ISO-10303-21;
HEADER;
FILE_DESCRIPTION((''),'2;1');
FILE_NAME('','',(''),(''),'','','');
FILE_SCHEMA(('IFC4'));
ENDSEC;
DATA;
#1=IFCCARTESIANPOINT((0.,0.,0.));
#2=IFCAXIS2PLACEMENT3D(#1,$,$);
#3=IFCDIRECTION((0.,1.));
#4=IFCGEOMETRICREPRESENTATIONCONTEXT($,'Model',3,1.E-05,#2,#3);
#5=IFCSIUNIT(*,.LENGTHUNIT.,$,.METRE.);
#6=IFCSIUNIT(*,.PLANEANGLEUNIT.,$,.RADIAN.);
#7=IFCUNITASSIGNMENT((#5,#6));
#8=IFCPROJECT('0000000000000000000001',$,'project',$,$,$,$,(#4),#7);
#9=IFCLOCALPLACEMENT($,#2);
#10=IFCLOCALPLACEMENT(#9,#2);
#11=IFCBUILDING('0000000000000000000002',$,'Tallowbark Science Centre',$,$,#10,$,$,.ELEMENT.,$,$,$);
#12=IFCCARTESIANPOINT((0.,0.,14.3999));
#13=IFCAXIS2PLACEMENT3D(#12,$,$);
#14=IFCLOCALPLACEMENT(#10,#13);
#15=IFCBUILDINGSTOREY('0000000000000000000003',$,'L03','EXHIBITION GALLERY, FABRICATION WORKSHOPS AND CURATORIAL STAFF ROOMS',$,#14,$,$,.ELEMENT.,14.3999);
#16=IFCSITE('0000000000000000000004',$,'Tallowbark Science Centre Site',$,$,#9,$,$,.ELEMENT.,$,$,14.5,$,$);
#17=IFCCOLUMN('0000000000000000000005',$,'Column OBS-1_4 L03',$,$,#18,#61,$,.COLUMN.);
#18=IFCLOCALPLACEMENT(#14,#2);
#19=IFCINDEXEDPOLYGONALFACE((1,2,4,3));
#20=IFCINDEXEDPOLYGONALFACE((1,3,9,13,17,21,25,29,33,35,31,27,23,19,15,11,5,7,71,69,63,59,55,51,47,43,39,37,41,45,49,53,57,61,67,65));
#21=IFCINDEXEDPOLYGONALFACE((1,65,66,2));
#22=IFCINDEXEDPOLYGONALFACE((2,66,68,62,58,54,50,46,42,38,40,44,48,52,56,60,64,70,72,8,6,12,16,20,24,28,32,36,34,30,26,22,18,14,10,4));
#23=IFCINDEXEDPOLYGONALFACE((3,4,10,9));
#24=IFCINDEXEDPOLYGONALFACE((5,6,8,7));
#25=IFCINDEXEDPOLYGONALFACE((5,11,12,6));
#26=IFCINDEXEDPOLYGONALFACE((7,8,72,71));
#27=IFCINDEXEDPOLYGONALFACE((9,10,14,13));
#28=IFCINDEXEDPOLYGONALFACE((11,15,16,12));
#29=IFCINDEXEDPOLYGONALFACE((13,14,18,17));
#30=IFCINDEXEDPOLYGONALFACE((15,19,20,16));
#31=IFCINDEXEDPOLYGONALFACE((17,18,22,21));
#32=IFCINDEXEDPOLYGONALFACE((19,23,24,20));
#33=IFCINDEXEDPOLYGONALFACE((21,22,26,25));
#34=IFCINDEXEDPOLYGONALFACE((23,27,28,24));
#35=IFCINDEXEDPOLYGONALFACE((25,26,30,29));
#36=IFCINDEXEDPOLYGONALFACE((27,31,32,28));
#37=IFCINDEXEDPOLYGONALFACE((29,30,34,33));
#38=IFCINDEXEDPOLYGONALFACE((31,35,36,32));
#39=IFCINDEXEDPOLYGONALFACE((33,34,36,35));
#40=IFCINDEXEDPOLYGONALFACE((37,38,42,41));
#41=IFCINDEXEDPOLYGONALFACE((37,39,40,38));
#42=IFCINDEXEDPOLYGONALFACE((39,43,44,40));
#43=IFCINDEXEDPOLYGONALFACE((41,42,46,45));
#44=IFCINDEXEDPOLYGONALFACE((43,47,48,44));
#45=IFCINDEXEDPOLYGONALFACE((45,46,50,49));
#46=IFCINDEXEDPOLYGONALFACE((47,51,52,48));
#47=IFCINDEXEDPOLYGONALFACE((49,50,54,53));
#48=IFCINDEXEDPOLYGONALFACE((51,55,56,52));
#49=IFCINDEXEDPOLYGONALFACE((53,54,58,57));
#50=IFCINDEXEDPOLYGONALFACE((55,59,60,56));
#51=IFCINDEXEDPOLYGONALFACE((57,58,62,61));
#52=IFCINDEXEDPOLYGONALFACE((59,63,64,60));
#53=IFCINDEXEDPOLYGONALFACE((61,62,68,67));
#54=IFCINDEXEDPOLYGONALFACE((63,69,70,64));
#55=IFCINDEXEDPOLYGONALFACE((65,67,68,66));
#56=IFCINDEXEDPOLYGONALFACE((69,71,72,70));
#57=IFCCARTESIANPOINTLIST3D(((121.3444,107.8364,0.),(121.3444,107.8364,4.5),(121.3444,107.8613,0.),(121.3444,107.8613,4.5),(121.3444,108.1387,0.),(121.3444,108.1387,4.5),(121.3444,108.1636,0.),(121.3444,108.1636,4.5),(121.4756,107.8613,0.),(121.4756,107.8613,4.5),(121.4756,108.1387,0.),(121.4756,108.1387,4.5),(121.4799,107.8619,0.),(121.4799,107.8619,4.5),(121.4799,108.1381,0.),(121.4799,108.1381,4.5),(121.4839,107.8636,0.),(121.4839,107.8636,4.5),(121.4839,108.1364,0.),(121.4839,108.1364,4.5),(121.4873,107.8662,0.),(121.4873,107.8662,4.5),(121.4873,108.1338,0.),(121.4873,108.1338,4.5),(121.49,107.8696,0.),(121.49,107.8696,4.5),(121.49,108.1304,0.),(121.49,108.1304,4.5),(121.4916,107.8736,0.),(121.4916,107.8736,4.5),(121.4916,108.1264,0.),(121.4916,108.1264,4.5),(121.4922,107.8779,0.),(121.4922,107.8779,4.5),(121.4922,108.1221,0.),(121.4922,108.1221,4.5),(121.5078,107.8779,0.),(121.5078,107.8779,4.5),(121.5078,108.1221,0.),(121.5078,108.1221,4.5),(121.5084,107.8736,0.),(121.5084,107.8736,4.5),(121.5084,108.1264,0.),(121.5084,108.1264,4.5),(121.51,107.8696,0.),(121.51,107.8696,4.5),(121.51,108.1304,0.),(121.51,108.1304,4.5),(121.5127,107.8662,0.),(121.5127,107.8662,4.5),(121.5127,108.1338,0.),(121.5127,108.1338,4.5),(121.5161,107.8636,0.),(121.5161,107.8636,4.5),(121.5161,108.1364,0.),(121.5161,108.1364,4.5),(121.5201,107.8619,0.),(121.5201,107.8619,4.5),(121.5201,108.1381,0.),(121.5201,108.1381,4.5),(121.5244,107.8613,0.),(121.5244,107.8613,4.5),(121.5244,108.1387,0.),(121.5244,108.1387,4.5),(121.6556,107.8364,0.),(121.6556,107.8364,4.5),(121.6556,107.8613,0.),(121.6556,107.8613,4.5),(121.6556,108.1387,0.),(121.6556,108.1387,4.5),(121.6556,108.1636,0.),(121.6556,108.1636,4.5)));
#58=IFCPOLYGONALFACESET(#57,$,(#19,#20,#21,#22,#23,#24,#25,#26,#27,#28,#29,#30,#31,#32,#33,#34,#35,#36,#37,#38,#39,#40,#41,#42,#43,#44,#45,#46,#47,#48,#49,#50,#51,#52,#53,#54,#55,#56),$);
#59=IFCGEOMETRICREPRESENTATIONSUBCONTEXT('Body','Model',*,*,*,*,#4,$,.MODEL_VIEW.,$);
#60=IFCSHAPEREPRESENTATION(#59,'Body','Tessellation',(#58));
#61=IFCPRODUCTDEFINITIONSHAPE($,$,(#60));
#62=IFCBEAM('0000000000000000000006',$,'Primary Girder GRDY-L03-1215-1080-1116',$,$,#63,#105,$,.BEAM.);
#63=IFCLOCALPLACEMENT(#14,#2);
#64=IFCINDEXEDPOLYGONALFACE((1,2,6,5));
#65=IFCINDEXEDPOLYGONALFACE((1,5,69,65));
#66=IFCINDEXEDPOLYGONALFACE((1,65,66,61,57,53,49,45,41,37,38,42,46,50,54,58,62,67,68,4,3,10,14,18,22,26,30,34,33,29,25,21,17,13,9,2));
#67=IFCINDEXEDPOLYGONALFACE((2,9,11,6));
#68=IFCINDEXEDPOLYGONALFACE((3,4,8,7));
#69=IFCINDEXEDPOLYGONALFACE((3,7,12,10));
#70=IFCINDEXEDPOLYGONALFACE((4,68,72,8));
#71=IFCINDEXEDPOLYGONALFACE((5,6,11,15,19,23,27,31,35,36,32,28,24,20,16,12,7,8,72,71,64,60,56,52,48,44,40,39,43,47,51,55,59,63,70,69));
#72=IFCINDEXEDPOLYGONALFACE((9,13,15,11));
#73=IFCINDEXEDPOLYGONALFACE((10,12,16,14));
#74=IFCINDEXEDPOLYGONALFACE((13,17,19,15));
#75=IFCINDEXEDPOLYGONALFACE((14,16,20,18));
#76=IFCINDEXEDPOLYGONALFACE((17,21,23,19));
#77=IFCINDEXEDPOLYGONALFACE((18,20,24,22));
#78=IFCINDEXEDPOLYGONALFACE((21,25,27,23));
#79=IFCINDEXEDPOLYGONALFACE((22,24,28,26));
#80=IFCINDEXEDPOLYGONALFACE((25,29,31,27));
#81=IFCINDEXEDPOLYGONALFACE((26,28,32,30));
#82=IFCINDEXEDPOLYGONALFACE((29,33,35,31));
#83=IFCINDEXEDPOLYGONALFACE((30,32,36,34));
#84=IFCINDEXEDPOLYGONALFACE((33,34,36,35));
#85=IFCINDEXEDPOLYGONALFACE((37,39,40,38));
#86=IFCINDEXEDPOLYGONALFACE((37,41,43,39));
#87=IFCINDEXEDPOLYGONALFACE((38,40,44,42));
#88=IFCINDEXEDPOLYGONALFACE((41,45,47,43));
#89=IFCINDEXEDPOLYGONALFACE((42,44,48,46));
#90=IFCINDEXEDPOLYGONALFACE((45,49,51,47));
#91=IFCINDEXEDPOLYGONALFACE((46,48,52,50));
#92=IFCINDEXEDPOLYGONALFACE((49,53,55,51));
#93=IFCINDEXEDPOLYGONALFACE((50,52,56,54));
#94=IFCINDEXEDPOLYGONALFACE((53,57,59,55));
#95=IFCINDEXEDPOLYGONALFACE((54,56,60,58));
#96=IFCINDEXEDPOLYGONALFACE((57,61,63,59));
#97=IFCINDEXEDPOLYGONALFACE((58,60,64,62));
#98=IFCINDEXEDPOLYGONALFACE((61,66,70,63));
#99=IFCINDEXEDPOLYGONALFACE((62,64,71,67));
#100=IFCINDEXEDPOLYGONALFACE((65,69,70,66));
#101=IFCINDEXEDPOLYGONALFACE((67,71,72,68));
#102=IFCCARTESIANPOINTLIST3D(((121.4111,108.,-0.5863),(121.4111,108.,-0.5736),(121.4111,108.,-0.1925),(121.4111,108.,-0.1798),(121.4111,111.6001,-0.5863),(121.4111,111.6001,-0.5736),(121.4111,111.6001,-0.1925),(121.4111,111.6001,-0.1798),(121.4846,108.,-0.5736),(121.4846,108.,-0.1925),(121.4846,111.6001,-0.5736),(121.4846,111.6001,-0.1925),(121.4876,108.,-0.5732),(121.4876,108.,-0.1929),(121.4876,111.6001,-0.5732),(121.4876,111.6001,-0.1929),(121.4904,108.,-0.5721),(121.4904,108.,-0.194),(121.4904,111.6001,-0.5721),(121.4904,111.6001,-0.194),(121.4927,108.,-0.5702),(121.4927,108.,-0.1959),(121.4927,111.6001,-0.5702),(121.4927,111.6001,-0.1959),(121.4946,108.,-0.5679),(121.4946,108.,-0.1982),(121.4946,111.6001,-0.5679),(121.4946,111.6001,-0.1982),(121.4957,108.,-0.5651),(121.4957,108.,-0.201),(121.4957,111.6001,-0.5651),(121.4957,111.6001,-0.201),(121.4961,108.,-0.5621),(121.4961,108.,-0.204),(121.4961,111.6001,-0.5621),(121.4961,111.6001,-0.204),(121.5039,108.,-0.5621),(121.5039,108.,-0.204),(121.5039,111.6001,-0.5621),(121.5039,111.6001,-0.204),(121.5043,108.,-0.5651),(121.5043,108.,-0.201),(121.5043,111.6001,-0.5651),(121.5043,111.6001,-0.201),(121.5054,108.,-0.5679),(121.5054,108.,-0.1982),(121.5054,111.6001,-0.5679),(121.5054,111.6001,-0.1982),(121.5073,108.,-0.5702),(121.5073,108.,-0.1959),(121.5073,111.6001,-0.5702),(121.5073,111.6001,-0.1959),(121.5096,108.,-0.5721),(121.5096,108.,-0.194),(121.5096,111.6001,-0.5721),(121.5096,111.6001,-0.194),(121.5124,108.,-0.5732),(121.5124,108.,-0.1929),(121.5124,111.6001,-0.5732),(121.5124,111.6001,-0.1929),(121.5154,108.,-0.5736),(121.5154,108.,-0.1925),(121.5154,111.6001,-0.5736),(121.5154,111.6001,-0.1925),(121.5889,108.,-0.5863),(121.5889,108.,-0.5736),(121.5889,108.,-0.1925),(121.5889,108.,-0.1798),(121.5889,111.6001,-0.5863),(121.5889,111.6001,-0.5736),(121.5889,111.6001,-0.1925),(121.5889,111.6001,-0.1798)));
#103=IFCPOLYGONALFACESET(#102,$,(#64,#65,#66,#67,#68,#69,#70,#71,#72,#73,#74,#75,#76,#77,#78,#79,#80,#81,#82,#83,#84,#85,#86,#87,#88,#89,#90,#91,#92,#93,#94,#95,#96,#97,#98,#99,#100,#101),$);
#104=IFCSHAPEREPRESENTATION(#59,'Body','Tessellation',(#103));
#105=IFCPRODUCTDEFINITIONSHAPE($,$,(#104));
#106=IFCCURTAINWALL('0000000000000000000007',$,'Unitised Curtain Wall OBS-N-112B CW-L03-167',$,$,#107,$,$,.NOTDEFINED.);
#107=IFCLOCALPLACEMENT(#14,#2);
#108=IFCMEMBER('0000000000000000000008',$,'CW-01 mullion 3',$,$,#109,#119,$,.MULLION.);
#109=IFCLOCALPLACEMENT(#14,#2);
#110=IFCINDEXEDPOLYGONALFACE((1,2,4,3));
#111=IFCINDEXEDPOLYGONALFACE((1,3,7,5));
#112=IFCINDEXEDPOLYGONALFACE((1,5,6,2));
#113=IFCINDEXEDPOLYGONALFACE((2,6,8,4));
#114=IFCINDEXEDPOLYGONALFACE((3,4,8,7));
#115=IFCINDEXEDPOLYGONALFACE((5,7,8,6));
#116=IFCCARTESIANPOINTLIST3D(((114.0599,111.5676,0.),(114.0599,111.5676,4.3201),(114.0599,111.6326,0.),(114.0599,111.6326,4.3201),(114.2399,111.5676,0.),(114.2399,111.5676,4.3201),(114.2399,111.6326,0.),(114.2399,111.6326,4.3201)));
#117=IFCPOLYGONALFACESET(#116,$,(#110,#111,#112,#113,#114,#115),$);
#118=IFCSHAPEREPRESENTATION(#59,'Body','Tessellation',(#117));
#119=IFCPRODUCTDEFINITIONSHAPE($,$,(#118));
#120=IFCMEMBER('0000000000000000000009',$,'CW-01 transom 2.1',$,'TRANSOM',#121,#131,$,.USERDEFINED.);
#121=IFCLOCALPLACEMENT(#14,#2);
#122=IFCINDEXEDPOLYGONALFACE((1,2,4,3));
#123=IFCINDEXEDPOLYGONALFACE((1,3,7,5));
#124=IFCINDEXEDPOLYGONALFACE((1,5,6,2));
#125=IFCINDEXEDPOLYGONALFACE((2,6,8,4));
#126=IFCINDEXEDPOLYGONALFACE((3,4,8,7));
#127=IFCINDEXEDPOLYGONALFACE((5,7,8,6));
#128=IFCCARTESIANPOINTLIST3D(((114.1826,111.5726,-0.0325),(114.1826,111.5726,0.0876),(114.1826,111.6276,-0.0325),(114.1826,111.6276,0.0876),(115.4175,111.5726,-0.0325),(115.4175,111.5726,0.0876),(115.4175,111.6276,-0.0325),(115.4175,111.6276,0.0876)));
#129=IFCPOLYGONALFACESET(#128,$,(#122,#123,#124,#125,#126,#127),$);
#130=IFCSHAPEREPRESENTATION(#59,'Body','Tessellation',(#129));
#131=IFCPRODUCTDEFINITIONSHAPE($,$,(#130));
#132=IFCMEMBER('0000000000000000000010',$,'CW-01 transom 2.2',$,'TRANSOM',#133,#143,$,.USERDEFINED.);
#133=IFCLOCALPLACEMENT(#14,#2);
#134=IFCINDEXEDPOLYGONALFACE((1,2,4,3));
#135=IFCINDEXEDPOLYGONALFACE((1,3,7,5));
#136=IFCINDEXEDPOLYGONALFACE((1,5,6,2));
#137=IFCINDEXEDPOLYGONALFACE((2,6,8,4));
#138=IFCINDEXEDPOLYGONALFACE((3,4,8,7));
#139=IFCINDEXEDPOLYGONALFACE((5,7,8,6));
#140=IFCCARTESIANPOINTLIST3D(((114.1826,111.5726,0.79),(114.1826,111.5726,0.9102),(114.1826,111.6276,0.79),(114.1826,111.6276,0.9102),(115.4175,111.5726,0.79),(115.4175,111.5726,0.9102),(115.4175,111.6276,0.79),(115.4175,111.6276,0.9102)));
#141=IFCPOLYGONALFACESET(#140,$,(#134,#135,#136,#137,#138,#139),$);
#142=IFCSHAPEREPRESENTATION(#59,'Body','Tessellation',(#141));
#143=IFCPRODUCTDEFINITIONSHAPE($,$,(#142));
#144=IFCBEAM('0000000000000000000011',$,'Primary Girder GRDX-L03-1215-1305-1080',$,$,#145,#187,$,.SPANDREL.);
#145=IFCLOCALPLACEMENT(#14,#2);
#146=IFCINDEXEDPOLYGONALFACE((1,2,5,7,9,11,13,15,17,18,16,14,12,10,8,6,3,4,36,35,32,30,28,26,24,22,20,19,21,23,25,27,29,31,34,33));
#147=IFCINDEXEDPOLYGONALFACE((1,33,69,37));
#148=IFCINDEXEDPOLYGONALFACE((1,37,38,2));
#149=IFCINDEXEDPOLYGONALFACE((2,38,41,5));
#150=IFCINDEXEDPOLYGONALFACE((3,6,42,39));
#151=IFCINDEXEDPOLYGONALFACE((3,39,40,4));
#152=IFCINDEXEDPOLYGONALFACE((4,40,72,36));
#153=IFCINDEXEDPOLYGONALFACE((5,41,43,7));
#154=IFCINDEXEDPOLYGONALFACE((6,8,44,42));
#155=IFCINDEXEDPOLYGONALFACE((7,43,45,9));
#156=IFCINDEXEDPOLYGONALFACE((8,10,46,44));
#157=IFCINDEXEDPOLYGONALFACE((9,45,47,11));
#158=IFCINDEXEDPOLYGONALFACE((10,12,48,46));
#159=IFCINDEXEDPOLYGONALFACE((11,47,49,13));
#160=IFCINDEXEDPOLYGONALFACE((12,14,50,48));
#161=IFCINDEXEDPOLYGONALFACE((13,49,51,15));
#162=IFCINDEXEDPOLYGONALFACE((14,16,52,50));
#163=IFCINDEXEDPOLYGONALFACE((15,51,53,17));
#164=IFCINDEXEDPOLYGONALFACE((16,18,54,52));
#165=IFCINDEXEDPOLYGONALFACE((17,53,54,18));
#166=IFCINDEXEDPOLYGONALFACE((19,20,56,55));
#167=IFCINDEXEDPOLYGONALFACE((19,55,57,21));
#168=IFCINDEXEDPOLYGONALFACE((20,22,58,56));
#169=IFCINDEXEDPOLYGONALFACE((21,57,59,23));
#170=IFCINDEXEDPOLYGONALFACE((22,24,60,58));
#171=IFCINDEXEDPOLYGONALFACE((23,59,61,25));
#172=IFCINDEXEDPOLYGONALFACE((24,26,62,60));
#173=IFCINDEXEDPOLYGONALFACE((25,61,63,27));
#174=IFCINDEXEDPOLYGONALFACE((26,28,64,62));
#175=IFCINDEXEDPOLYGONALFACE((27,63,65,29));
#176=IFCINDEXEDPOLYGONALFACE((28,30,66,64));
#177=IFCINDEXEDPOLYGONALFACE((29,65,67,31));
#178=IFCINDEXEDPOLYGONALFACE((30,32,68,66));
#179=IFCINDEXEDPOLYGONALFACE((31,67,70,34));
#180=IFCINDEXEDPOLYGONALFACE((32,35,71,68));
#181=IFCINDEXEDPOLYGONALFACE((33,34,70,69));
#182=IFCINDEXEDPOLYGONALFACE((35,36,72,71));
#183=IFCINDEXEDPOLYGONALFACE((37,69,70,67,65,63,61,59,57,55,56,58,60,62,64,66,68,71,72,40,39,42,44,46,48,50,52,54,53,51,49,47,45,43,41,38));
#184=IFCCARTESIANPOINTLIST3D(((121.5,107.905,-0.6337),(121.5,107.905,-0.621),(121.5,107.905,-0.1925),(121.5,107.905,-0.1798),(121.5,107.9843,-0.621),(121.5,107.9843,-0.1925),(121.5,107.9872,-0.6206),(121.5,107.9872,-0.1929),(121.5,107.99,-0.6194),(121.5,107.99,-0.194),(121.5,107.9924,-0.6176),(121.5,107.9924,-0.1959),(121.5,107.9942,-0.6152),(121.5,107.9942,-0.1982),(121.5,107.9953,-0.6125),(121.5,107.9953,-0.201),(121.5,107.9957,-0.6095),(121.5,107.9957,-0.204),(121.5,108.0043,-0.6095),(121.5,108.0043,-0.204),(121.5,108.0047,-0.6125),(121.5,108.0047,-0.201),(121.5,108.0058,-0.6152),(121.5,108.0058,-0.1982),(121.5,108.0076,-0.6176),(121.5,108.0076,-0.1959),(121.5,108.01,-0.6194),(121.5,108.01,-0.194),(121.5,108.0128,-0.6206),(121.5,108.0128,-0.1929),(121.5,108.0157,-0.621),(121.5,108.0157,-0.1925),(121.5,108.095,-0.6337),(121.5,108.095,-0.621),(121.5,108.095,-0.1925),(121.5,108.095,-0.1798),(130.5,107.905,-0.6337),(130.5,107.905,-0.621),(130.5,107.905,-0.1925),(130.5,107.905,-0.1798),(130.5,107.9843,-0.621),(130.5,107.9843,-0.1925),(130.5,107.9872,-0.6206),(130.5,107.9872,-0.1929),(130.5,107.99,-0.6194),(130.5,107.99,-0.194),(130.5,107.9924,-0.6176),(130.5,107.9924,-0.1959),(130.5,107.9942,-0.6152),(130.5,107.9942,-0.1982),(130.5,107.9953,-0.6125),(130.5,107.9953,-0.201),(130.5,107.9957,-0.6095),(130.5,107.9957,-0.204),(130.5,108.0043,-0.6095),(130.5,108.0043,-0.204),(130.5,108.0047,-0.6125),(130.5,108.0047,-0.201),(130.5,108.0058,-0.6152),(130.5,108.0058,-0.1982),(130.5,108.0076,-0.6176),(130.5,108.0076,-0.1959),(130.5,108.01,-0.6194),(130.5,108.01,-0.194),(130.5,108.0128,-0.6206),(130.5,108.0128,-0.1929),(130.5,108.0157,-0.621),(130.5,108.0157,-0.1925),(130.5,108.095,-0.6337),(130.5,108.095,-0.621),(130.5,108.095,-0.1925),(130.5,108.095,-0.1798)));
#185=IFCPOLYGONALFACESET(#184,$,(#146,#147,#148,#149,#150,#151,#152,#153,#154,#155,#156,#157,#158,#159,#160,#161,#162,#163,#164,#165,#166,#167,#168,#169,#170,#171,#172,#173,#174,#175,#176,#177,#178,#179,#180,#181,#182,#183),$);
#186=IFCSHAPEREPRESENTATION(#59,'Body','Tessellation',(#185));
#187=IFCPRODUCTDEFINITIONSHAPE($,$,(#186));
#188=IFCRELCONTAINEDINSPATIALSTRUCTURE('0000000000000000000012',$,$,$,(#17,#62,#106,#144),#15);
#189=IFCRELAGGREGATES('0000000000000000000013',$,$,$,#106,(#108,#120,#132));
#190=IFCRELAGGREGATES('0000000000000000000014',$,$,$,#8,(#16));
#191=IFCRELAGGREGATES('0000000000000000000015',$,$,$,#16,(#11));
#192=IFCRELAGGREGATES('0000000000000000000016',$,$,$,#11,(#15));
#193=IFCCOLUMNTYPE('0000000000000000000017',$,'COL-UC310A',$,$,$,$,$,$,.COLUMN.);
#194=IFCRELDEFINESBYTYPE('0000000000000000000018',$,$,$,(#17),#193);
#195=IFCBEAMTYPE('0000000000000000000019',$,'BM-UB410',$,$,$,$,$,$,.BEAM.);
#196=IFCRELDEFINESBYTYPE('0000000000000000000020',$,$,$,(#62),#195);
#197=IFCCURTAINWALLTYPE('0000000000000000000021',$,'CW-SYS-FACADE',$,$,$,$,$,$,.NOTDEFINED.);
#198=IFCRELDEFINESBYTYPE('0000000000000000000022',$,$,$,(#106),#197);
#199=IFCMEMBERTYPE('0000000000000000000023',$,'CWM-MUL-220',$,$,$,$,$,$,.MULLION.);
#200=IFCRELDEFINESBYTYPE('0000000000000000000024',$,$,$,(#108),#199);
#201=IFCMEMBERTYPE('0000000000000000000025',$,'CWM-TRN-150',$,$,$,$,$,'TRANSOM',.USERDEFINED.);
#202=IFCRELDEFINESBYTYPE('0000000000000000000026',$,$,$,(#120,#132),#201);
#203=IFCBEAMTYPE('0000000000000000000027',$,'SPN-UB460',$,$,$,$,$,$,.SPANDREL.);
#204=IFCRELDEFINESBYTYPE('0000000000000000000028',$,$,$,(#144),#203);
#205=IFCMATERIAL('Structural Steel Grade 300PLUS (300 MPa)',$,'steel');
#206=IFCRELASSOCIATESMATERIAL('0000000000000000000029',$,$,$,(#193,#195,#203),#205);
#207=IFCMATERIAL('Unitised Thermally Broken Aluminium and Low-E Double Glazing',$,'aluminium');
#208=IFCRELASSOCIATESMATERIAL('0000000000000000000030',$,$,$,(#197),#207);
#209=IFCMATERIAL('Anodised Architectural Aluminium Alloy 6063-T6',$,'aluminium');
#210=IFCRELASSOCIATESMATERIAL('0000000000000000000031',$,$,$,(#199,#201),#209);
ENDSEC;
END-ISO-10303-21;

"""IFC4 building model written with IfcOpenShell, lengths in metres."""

from ifc_helpers import new_model, si_unit, direction, frame, origin, origin_2d, place, context, subcontext, project, spatial, rectangle, i_section, extrude, material, material_profile, profile_set, type_object, element, aggregate, save


model = new_model("IFC4")

# Units and contexts
model_context = context("Model", 3, precision=1e-05, world=origin(), true_north=direction((0.0, 1.0)))
body_context = subcontext(model_context, "Body", "Model", "MODEL_VIEW")
ifc_project = project(units=[si_unit("LENGTHUNIT", "METRE"), si_unit("PLANEANGLEUNIT", "RADIAN")], contexts=[model_context])

# Site, building, storey
site_placement = place(None, origin())
site = spatial("IfcSite", under=ifc_project, at=site_placement, Name="Tallowbark Science Centre Site", CompositionType="ELEMENT", RefElevation=14.5)
building_placement = place(site_placement, origin())
building = spatial("IfcBuilding", under=site, at=building_placement, Name="Tallowbark Science Centre", CompositionType="ELEMENT")
storey_placement = place(building_placement, frame((0.0, 0.0, 14.3999)))
storey = spatial("IfcBuildingStorey", under=building, at=storey_placement, Name="L03", Description="EXHIBITION GALLERY, FABRICATION WORKSHOPS AND CURATORIAL STAFF ROOMS", CompositionType="ELEMENT", Elevation=14.3999)

# Column
ifc_material_1 = material(Name="Structural Steel Grade 300PLUS (300 MPa)", Category="steel")
ifc_material_profile_1 = material_profile(ifc_material_1, i_section(OverallWidth=0.3113, OverallDepth=0.3271, WebThickness=0.0156, FlangeThickness=0.0249, FilletRadius=0.0166, at=origin_2d()), Name="310UC158")
ifc_profile_set_1 = profile_set([ifc_material_profile_1], Name="Structural Steel Grade 300PLUS (300 MPa)")
column_type = type_object("IfcColumnType", Name="COL-UC310A", PredefinedType="COLUMN", material=ifc_profile_set_1)
column_placement = place(storey_placement, frame((121.5, 108.0, 0.0), z_axis=(0.0, 0.0, 1.0), x_axis=(1.0, 0.0, 0.0)))
element("IfcColumn", 1, at=column_placement, inside=storey, type_object=column_type, Name="Column OBS-1_4 L03", PredefinedType="COLUMN", context=body_context, shape_type="SweptSolid", body=[
    extrude(i_section(OverallWidth=0.3113, OverallDepth=0.3271, WebThickness=0.0156, FlangeThickness=0.0249, FilletRadius=0.0166, at=origin_2d()), origin(), (0.0, 0.0, 1.0), 4.5),
])

# Beam
ifc_material_profile_2 = material_profile(ifc_material_1, i_section(OverallWidth=0.1777, OverallDepth=0.4065, WebThickness=0.0078, FlangeThickness=0.0127, FilletRadius=0.0115, at=origin_2d()), Name="410UB59.7")
ifc_profile_set_2 = profile_set([ifc_material_profile_2], Name="Structural Steel Grade 300PLUS (300 MPa)")
beam_type_1 = type_object("IfcBeamType", Name="BM-UB410", PredefinedType="BEAM", material=ifc_profile_set_2)
beam_1_placement = place(storey_placement, frame((121.5, 108.0, -0.3831), z_axis=(0.0, 1.0, 0.0), x_axis=(-1.0, 0.0, 0.0)))
element("IfcBeam", 2, at=beam_1_placement, inside=storey, type_object=beam_type_1, Name="Primary Girder GRDY-L03-1215-1080-1116", PredefinedType="BEAM", context=body_context, shape_type="SweptSolid", body=[
    extrude(i_section(OverallWidth=0.1777, OverallDepth=0.4065, WebThickness=0.0078, FlangeThickness=0.0127, FilletRadius=0.0115, at=origin_2d()), origin(), (0.0, 0.0, 1.0), 3.6001),
])

# Curtain wall, members
ifc_material_2 = material(Name="Unitised Thermally Broken Aluminium and Low-E Double Glazing", Category="aluminium")
curtain_wall_type = type_object("IfcCurtainWallType", Name="CW-SYS-FACADE", PredefinedType="NOTDEFINED", material=ifc_material_2)
curtain_wall_placement = place(storey_placement, origin())
curtain_wall = element("IfcCurtainWall", 3, at=curtain_wall_placement, inside=storey, type_object=curtain_wall_type, Name="Unitised Curtain Wall OBS-N-112B CW-L03-167", PredefinedType="NOTDEFINED")
ifc_material_3 = material(Name="Anodised Architectural Aluminium Alloy 6063-T6", Category="aluminium")
ifc_material_profile_3 = material_profile(ifc_material_3, rectangle(XDim=0.0649, YDim=0.1799, at=origin_2d()), Name="ALU65x180")
ifc_profile_set_3 = profile_set([ifc_material_profile_3], Name="Anodised Architectural Aluminium Alloy 6063-T6")
member_type_1 = type_object("IfcMemberType", Name="CWM-MUL-220", PredefinedType="MULLION", material=ifc_profile_set_3)
member_1_placement = place(storey_placement, frame((114.1499, 111.6001, 0.0), z_axis=(0.0, 0.0, 1.0), x_axis=(0.0, -1.0, 0.0)))
member_1 = element("IfcMember", 4, at=member_1_placement, type_object=member_type_1, Name="CW-01 mullion 3", PredefinedType="MULLION", context=body_context, shape_type="SweptSolid", body=[
    extrude(rectangle(XDim=0.0649, YDim=0.1799, at=origin_2d()), origin(), (0.0, 0.0, 1.0), 4.3201),
])
ifc_material_profile_4 = material_profile(ifc_material_3, rectangle(XDim=0.0549, YDim=0.1201, at=origin_2d()), Name="ALU55x120")
ifc_profile_set_4 = profile_set([ifc_material_profile_4], Name="Anodised Architectural Aluminium Alloy 6063-T6")
member_type_2 = type_object("IfcMemberType", Name="CWM-TRN-150", ElementType="TRANSOM", PredefinedType="USERDEFINED", material=ifc_profile_set_4)
member_2_placement = place(storey_placement, frame((115.4175, 111.6001, 0.0276), z_axis=(-1.0, 0.0, 0.0), x_axis=(0.0, -1.0, 0.0)))
member_2 = element("IfcMember", 5, at=member_2_placement, type_object=member_type_2, Name="CW-01 transom 2.1", ObjectType="TRANSOM", PredefinedType="USERDEFINED", context=body_context, shape_type="SweptSolid", body=[
    extrude(rectangle(XDim=0.0549, YDim=0.1201, at=origin_2d()), origin(), (0.0, 0.0, 1.0), 1.2349),
])
member_3_placement = place(storey_placement, frame((115.4175, 111.6001, 0.8501), z_axis=(-1.0, 0.0, 0.0), x_axis=(0.0, -1.0, 0.0)))
member_3 = element("IfcMember", 6, at=member_3_placement, type_object=member_type_2, Name="CW-01 transom 2.2", ObjectType="TRANSOM", PredefinedType="USERDEFINED", context=body_context, shape_type="SweptSolid", body=[
    extrude(rectangle(XDim=0.0549, YDim=0.1201, at=origin_2d()), origin(), (0.0, 0.0, 1.0), 1.2349),
])

# Beam
ifc_material_profile_5 = material_profile(ifc_material_1, i_section(OverallWidth=0.1899, OverallDepth=0.4539, WebThickness=0.0085, FlangeThickness=0.0127, FilletRadius=0.0115, at=origin_2d()), Name="460UB67.1")
ifc_profile_set_5 = profile_set([ifc_material_profile_5], Name="Structural Steel Grade 300PLUS (300 MPa)")
beam_type_2 = type_object("IfcBeamType", Name="SPN-UB460", PredefinedType="SPANDREL", material=ifc_profile_set_5)
beam_2_placement = place(storey_placement, frame((121.5, 108.0, -0.4067), z_axis=(1.0, 0.0, 0.0), x_axis=(0.0, 1.0, 0.0)))
element("IfcBeam", 7, at=beam_2_placement, inside=storey, type_object=beam_type_2, Name="Primary Girder GRDX-L03-1215-1305-1080", PredefinedType="SPANDREL", context=body_context, shape_type="SweptSolid", body=[
    extrude(i_section(OverallWidth=0.1899, OverallDepth=0.4539, WebThickness=0.0085, FlangeThickness=0.0127, FilletRadius=0.0115, at=origin_2d()), origin(), (0.0, 0.0, 1.0), 9.0),
])

aggregate(curtain_wall, [member_1, member_2, member_3])

save(model, "model.ifc")
